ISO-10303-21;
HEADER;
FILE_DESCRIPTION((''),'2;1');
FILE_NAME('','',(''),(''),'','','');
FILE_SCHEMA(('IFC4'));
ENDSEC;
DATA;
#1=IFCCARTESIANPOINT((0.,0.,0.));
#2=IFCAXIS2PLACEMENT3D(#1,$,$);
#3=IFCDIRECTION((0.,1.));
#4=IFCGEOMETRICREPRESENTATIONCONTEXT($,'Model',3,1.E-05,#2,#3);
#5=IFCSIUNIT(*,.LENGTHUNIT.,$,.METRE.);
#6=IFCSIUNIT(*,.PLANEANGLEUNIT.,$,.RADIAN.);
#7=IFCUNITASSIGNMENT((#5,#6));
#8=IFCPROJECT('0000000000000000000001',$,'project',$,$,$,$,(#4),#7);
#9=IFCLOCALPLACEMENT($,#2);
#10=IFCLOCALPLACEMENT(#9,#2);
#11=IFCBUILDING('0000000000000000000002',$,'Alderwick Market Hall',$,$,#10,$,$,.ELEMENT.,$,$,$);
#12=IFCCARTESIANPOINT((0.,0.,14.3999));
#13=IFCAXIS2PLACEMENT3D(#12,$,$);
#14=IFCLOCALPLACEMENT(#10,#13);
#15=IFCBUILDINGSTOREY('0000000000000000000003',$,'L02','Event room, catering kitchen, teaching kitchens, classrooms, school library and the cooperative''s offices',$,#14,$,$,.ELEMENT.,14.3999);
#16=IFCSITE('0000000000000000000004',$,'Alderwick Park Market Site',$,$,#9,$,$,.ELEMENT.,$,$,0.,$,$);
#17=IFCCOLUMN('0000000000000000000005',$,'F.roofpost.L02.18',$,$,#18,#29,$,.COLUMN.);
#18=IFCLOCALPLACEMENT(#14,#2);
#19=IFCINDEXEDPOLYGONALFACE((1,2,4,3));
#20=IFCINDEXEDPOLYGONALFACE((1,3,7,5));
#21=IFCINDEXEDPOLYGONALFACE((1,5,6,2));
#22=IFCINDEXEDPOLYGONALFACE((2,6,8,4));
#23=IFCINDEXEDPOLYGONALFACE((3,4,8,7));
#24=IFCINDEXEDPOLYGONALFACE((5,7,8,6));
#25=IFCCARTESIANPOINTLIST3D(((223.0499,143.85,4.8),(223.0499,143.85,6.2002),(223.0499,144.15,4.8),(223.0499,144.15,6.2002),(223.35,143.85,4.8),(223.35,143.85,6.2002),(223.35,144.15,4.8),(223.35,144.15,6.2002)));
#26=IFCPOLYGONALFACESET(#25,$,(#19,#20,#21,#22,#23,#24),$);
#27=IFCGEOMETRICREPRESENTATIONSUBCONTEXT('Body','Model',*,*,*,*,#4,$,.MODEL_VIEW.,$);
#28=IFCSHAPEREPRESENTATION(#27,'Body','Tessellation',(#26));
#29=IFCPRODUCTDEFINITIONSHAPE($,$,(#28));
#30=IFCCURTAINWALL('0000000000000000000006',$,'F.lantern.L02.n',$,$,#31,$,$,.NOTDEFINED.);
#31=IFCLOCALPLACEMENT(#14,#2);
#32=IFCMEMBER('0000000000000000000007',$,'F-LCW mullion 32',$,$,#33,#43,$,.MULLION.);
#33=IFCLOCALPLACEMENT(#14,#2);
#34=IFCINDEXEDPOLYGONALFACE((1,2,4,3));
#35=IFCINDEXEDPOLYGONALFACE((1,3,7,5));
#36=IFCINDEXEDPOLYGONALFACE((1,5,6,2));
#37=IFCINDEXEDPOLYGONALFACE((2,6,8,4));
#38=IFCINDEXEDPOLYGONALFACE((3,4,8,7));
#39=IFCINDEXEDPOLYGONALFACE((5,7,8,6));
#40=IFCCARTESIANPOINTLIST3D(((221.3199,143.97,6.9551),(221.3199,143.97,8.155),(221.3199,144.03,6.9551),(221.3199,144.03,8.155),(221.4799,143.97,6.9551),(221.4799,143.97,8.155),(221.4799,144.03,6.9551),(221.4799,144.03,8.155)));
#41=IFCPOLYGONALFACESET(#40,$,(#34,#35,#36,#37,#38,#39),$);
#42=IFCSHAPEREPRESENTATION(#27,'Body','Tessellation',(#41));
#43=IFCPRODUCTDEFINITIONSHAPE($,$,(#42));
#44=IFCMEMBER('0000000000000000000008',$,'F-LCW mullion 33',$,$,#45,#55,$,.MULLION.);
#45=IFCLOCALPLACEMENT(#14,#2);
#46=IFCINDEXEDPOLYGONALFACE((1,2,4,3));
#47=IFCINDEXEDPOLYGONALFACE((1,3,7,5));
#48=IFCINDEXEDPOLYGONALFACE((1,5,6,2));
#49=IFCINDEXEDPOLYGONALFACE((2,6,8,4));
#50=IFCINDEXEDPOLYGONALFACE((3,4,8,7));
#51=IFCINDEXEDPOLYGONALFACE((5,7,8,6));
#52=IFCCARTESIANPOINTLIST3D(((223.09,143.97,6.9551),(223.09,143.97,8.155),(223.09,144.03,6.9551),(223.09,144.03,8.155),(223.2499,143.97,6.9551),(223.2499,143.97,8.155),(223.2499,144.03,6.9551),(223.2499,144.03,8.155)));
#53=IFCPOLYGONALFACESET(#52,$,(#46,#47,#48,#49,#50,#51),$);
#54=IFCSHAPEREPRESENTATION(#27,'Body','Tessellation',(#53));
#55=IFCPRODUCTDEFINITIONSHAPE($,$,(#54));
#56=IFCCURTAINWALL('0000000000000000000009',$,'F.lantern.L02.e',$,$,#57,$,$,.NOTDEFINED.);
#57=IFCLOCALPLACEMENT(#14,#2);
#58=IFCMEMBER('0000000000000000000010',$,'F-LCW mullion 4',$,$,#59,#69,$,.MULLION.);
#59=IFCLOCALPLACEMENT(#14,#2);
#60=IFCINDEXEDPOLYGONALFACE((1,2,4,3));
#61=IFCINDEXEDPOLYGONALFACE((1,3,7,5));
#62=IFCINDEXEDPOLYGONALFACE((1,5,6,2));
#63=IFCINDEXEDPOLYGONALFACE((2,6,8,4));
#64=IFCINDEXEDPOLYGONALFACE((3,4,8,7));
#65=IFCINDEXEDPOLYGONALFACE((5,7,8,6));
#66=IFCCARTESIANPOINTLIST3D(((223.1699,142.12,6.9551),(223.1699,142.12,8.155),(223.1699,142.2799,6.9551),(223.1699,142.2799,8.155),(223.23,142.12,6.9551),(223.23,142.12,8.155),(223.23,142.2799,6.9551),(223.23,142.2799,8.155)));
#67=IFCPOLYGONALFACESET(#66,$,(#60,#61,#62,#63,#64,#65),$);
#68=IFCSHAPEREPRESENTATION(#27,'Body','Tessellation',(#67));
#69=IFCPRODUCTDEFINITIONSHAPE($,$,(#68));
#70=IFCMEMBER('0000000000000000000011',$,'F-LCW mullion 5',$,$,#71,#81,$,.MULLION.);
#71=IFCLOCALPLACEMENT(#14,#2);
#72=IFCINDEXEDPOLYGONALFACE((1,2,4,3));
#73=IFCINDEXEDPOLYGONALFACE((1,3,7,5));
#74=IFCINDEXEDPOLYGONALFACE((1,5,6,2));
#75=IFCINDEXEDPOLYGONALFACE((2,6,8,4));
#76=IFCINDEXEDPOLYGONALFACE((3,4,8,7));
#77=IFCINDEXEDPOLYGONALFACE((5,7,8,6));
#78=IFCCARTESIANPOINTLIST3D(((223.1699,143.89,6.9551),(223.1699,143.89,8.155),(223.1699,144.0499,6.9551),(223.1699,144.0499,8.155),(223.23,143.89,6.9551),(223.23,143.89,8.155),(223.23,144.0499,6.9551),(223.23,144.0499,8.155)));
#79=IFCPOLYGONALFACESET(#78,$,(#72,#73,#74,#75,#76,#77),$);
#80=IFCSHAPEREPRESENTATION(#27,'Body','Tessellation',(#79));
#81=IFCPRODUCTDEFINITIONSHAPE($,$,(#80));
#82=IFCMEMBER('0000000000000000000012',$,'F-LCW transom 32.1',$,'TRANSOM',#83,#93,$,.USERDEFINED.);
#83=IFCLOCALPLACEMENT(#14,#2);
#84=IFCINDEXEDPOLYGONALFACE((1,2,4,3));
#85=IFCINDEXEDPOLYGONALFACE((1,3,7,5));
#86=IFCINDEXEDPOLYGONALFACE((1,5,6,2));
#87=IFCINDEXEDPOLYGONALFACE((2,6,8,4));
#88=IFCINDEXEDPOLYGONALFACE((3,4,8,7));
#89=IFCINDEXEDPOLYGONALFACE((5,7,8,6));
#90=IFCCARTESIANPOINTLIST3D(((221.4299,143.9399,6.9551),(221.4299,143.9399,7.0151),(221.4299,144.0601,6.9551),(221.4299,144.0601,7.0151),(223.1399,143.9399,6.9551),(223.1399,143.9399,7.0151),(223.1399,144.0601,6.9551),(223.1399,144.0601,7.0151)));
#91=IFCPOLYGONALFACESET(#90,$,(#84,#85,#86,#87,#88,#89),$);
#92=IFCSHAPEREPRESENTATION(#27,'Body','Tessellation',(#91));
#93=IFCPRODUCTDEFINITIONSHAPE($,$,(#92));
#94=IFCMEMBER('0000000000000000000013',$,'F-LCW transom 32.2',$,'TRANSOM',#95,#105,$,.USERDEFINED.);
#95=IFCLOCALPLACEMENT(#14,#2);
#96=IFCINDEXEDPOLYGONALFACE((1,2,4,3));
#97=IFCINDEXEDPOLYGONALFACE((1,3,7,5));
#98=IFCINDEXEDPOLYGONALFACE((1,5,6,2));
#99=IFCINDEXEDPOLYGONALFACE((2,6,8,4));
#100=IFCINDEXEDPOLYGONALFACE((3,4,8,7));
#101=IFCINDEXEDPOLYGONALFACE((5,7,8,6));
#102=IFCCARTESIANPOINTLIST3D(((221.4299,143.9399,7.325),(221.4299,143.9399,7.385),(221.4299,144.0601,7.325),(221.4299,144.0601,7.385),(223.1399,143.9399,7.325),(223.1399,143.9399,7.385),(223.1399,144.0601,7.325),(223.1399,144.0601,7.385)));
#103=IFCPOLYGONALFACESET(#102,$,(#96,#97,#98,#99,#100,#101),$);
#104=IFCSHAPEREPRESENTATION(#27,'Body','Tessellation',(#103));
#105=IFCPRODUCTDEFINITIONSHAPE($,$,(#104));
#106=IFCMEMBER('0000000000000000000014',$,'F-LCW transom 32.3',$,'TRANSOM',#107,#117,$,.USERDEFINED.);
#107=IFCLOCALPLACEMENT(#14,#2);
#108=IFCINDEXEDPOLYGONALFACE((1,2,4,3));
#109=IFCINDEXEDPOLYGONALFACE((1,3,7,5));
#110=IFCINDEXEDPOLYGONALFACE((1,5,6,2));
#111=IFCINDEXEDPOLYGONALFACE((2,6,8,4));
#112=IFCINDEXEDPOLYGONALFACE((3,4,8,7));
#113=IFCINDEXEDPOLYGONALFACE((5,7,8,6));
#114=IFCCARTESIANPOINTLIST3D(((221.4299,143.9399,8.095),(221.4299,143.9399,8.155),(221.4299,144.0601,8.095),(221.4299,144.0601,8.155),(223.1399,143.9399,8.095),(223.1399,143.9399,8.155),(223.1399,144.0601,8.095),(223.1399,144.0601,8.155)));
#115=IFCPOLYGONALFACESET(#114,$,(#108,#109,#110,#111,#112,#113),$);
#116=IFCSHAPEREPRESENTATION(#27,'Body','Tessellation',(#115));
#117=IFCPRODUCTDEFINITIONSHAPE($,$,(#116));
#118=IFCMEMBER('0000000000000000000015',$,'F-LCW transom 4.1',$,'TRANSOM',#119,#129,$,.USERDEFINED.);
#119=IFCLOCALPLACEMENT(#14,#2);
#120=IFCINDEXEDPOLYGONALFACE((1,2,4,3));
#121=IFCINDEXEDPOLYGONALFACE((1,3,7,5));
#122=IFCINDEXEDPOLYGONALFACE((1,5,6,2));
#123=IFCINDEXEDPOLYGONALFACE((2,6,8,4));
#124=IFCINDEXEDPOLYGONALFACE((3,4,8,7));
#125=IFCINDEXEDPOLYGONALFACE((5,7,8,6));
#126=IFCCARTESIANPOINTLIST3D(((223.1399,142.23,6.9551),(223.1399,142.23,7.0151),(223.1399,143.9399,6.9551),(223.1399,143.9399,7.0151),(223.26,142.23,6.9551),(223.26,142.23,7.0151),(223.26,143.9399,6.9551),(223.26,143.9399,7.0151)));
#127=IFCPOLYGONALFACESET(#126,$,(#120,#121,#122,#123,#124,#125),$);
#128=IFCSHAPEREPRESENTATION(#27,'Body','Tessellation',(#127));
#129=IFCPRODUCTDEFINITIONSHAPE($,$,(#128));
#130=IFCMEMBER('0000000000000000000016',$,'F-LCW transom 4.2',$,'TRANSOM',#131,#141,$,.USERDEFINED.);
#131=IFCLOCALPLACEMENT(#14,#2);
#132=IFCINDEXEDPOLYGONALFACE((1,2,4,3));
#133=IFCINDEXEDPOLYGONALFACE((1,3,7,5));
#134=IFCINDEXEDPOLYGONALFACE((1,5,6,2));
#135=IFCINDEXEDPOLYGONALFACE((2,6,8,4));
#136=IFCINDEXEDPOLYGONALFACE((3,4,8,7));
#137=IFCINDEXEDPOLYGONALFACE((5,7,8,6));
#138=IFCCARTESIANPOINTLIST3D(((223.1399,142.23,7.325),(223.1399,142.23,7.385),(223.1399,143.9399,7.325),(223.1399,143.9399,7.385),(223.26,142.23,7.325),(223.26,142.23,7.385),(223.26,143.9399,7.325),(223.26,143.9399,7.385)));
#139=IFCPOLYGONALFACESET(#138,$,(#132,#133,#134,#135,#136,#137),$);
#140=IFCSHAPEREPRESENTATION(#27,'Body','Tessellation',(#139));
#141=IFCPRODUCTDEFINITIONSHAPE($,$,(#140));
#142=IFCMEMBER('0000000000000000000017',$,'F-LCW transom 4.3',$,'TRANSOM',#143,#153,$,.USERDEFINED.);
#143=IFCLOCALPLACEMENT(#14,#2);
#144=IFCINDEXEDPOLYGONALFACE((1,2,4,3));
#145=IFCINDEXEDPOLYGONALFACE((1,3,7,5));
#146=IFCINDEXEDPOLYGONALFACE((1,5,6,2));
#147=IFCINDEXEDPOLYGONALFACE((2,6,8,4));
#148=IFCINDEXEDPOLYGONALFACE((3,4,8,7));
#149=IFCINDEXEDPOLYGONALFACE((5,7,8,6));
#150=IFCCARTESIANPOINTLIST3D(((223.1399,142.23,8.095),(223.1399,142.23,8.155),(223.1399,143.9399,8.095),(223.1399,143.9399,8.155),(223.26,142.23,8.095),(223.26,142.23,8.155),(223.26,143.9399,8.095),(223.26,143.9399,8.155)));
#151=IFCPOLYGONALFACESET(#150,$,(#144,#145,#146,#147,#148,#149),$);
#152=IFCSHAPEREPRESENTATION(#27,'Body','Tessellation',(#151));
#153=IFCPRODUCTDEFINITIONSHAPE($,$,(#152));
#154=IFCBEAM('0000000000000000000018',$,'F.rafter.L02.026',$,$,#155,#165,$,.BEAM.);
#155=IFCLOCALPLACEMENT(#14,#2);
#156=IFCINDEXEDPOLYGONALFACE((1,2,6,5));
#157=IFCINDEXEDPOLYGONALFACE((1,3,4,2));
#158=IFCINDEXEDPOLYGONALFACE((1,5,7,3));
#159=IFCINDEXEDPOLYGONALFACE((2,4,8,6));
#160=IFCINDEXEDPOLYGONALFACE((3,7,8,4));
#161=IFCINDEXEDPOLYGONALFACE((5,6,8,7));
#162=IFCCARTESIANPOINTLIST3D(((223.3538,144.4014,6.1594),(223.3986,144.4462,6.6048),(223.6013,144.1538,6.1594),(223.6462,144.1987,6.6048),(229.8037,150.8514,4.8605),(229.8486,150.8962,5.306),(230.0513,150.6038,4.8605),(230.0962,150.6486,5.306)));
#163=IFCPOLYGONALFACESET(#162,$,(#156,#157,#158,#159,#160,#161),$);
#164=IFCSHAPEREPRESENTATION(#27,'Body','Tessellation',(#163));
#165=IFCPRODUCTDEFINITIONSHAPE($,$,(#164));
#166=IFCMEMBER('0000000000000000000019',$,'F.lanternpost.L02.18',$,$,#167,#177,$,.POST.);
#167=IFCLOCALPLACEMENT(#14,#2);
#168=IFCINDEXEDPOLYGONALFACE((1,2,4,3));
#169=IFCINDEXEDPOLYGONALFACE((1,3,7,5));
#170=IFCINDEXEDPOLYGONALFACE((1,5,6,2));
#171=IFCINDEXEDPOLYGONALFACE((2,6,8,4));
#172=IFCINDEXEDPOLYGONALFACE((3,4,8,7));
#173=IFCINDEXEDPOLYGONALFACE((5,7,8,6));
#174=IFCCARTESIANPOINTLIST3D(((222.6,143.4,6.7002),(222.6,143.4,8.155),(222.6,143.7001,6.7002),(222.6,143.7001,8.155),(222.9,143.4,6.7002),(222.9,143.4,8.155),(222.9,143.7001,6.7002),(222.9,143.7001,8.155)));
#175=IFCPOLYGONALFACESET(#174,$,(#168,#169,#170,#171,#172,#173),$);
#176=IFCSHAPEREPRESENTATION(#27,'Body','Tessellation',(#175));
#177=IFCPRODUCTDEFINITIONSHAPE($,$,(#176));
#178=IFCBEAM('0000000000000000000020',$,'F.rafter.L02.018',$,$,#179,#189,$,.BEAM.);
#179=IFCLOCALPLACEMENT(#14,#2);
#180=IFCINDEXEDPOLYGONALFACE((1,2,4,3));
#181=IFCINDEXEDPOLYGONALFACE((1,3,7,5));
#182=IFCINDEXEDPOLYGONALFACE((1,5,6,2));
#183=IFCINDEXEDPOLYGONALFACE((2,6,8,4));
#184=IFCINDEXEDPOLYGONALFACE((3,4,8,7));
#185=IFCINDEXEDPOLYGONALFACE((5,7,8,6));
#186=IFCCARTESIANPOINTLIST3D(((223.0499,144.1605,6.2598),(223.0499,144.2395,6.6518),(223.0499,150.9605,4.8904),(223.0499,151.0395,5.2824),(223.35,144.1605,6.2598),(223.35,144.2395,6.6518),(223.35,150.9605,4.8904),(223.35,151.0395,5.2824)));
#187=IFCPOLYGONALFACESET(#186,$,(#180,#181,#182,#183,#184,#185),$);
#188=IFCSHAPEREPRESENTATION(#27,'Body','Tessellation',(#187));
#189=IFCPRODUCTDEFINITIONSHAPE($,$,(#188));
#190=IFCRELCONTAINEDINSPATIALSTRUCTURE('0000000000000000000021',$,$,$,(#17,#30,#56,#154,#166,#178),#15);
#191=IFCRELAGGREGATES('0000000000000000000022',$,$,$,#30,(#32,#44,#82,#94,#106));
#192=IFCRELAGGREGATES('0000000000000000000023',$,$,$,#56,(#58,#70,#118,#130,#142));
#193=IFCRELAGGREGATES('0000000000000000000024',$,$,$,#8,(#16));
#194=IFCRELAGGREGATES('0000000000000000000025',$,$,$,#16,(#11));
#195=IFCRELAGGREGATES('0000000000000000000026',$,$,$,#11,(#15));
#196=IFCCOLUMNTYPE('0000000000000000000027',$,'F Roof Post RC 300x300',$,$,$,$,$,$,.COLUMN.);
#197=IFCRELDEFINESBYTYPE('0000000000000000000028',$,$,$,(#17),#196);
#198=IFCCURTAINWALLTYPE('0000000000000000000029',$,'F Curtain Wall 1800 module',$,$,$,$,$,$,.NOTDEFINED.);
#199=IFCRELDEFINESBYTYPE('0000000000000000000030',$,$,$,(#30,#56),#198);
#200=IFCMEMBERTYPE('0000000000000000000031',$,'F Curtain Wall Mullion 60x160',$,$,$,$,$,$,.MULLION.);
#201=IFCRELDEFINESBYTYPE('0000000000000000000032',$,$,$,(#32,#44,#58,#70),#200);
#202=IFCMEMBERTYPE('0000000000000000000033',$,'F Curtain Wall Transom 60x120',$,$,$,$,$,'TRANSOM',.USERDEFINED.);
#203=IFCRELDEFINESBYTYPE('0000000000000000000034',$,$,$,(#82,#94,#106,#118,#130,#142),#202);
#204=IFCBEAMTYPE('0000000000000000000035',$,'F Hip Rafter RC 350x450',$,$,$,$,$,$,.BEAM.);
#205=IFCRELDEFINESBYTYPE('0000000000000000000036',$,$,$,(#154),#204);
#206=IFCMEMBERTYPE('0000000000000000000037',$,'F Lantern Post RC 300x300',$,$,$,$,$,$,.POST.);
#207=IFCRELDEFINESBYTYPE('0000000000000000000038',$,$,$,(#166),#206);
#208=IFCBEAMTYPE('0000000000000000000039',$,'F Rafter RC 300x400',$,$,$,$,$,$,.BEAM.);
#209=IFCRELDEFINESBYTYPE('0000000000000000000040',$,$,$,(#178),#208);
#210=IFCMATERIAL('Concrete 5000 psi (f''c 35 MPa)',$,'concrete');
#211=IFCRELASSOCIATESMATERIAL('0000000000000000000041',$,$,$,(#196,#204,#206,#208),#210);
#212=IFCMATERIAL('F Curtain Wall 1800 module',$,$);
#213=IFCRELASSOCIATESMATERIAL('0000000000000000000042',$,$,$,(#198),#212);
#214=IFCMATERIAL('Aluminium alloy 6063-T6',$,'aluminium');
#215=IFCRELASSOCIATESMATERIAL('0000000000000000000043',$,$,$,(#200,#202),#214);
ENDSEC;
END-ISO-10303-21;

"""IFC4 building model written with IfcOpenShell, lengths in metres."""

from ifc_helpers import new_model, si_unit, direction, frame, origin, origin_2d, place, context, subcontext, project, spatial, rectangle, extrude, material, material_profile, profile_set, type_object, element, aggregate, save


model = new_model("IFC4")

# Units and contexts
model_context = context("Model", 3, precision=1e-05, world=origin(), true_north=direction((0.0, 1.0)))
body_context = subcontext(model_context, "Body", "Model", "MODEL_VIEW")
ifc_project = project(units=[si_unit("LENGTHUNIT", "METRE"), si_unit("PLANEANGLEUNIT", "RADIAN")], contexts=[model_context])

# Site, building, storey
site_placement = place(None, origin())
site = spatial("IfcSite", under=ifc_project, at=site_placement, Name="Alderwick Park Market Site", CompositionType="ELEMENT", RefElevation=0.0)
building_placement = place(site_placement, origin())
building = spatial("IfcBuilding", under=site, at=building_placement, Name="Alderwick Market Hall", CompositionType="ELEMENT")
storey_placement = place(building_placement, frame((0.0, 0.0, 14.3999)))
storey = spatial("IfcBuildingStorey", under=building, at=storey_placement, Name="L02", Description="Event room, catering kitchen, teaching kitchens, classrooms, school library and the cooperative's offices", CompositionType="ELEMENT", Elevation=14.3999)

# Column
ifc_material_1 = material(Name="Concrete 5000 psi (f'c 35 MPa)", Category="concrete")
ifc_material_profile_1 = material_profile(ifc_material_1, rectangle(XDim=0.3, YDim=0.3, at=origin_2d()), Name="RC 300x300")
ifc_profile_set_1 = profile_set([ifc_material_profile_1], Name="Concrete 5000 psi (f'c 35 MPa)")
column_type = type_object("IfcColumnType", Name="F Roof Post RC 300x300", PredefinedType="COLUMN", material=ifc_profile_set_1)
column_placement = place(storey_placement, frame((223.2, 144.0, 4.8), z_axis=(0.0, 0.0, 1.0), x_axis=(1.0, 0.0, 0.0)))
element("IfcColumn", 1, at=column_placement, inside=storey, type_object=column_type, Name="F.roofpost.L02.18", PredefinedType="COLUMN", context=body_context, shape_type="SweptSolid", body=[
    extrude(rectangle(XDim=0.3, YDim=0.3, at=origin_2d()), origin(), (0.0, 0.0, 1.0), 1.4001),
])

# Curtain walls, members
ifc_material_2 = material(Name="F Curtain Wall 1800 module")
curtain_wall_type = type_object("IfcCurtainWallType", Name="F Curtain Wall 1800 module", PredefinedType="NOTDEFINED", material=ifc_material_2)
curtain_wall_1_placement = place(storey_placement, origin())
curtain_wall_1 = element("IfcCurtainWall", 2, at=curtain_wall_1_placement, inside=storey, type_object=curtain_wall_type, Name="F.lantern.L02.n", PredefinedType="NOTDEFINED")
ifc_material_3 = material(Name="Aluminium alloy 6063-T6", Category="aluminium")
ifc_material_profile_2 = material_profile(ifc_material_3, rectangle(XDim=0.0601, YDim=0.1599, at=origin_2d()), Name="AL 60x160")
ifc_profile_set_2 = profile_set([ifc_material_profile_2], Name="Aluminium alloy 6063-T6")
member_type_1 = type_object("IfcMemberType", Name="F Curtain Wall Mullion 60x160", PredefinedType="MULLION", material=ifc_profile_set_2)
member_1_placement = place(storey_placement, frame((221.3999, 144.0, 6.9551), z_axis=(0.0, 0.0, 1.0), x_axis=(0.0, 1.0, 0.0)))
member_1 = element("IfcMember", 3, at=member_1_placement, type_object=member_type_1, Name="F-LCW mullion 32", PredefinedType="MULLION", context=body_context, shape_type="SweptSolid", body=[
    extrude(rectangle(XDim=0.0601, YDim=0.1599, at=origin_2d()), origin(), (0.0, 0.0, 1.0), 1.2),
])
member_2_placement = place(storey_placement, frame((223.1699, 144.0, 6.9551), z_axis=(0.0, 0.0, 1.0), x_axis=(0.0, 1.0, 0.0)))
member_2 = element("IfcMember", 4, at=member_2_placement, type_object=member_type_1, Name="F-LCW mullion 33", PredefinedType="MULLION", context=body_context, shape_type="SweptSolid", body=[
    extrude(rectangle(XDim=0.0601, YDim=0.1599, at=origin_2d()), origin(), (0.0, 0.0, 1.0), 1.2),
])
curtain_wall_2_placement = place(storey_placement, origin())
curtain_wall_2 = element("IfcCurtainWall", 5, at=curtain_wall_2_placement, inside=storey, type_object=curtain_wall_type, Name="F.lantern.L02.e", PredefinedType="NOTDEFINED")
member_3_placement = place(storey_placement, frame((223.2, 142.2, 6.9551), z_axis=(0.0, 0.0, 1.0), x_axis=(-1.0, 0.0, 0.0)))
member_3 = element("IfcMember", 6, at=member_3_placement, type_object=member_type_1, Name="F-LCW mullion 4", PredefinedType="MULLION", context=body_context, shape_type="SweptSolid", body=[
    extrude(rectangle(XDim=0.0601, YDim=0.1599, at=origin_2d()), origin(), (0.0, 0.0, 1.0), 1.2),
])
member_4_placement = place(storey_placement, frame((223.2, 143.97, 6.9551), z_axis=(0.0, 0.0, 1.0), x_axis=(-1.0, 0.0, 0.0)))
member_4 = element("IfcMember", 7, at=member_4_placement, type_object=member_type_1, Name="F-LCW mullion 5", PredefinedType="MULLION", context=body_context, shape_type="SweptSolid", body=[
    extrude(rectangle(XDim=0.0601, YDim=0.1599, at=origin_2d()), origin(), (0.0, 0.0, 1.0), 1.2),
])

# Members
ifc_material_profile_3 = material_profile(ifc_material_3, rectangle(XDim=0.1201, YDim=0.0601, at=origin_2d()), Name="AL 60x120")
ifc_profile_set_3 = profile_set([ifc_material_profile_3], Name="Aluminium alloy 6063-T6")
member_type_2 = type_object("IfcMemberType", Name="F Curtain Wall Transom 60x120", ElementType="TRANSOM", PredefinedType="USERDEFINED", material=ifc_profile_set_3)
member_5_placement = place(storey_placement, frame((221.4299, 144.0, 6.9851), z_axis=(1.0, 0.0, 0.0), x_axis=(0.0, 1.0, 0.0)))
member_5 = element("IfcMember", 8, at=member_5_placement, type_object=member_type_2, Name="F-LCW transom 32.1", ObjectType="TRANSOM", PredefinedType="USERDEFINED", context=body_context, shape_type="SweptSolid", body=[
    extrude(rectangle(XDim=0.1201, YDim=0.0601, at=origin_2d()), origin(), (0.0, 0.0, 1.0), 1.71),
])
member_6_placement = place(storey_placement, frame((221.4299, 144.0, 7.355), z_axis=(1.0, 0.0, 0.0), x_axis=(0.0, 1.0, 0.0)))
member_6 = element("IfcMember", 9, at=member_6_placement, type_object=member_type_2, Name="F-LCW transom 32.2", ObjectType="TRANSOM", PredefinedType="USERDEFINED", context=body_context, shape_type="SweptSolid", body=[
    extrude(rectangle(XDim=0.1201, YDim=0.0601, at=origin_2d()), origin(), (0.0, 0.0, 1.0), 1.71),
])
member_7_placement = place(storey_placement, frame((221.4299, 144.0, 8.125), z_axis=(1.0, 0.0, 0.0), x_axis=(0.0, 1.0, 0.0)))
member_7 = element("IfcMember", 10, at=member_7_placement, type_object=member_type_2, Name="F-LCW transom 32.3", ObjectType="TRANSOM", PredefinedType="USERDEFINED", context=body_context, shape_type="SweptSolid", body=[
    extrude(rectangle(XDim=0.1201, YDim=0.0601, at=origin_2d()), origin(), (0.0, 0.0, 1.0), 1.71),
])
member_8_placement = place(storey_placement, frame((223.2, 142.23, 6.9851), z_axis=(0.0, 1.0, 0.0), x_axis=(-1.0, 0.0, 0.0)))
member_8 = element("IfcMember", 11, at=member_8_placement, type_object=member_type_2, Name="F-LCW transom 4.1", ObjectType="TRANSOM", PredefinedType="USERDEFINED", context=body_context, shape_type="SweptSolid", body=[
    extrude(rectangle(XDim=0.1201, YDim=0.0601, at=origin_2d()), origin(), (0.0, 0.0, 1.0), 1.71),
])
member_9_placement = place(storey_placement, frame((223.2, 142.23, 7.355), z_axis=(0.0, 1.0, 0.0), x_axis=(-1.0, 0.0, 0.0)))
member_9 = element("IfcMember", 12, at=member_9_placement, type_object=member_type_2, Name="F-LCW transom 4.2", ObjectType="TRANSOM", PredefinedType="USERDEFINED", context=body_context, shape_type="SweptSolid", body=[
    extrude(rectangle(XDim=0.1201, YDim=0.0601, at=origin_2d()), origin(), (0.0, 0.0, 1.0), 1.71),
])
member_10_placement = place(storey_placement, frame((223.2, 142.23, 8.125), z_axis=(0.0, 1.0, 0.0), x_axis=(-1.0, 0.0, 0.0)))
member_10 = element("IfcMember", 13, at=member_10_placement, type_object=member_type_2, Name="F-LCW transom 4.3", ObjectType="TRANSOM", PredefinedType="USERDEFINED", context=body_context, shape_type="SweptSolid", body=[
    extrude(rectangle(XDim=0.1201, YDim=0.0601, at=origin_2d()), origin(), (0.0, 0.0, 1.0), 1.71),
])

# Beam
ifc_material_profile_4 = material_profile(ifc_material_1, rectangle(XDim=0.3501, YDim=0.45, at=origin_2d()), Name="RC 350x450")
ifc_profile_set_4 = profile_set([ifc_material_profile_4], Name="Concrete 5000 psi (f'c 35 MPa)")
beam_type_1 = type_object("IfcBeamType", Name="F Hip Rafter RC 350x450", PredefinedType="BEAM", material=ifc_profile_set_4)
beam_1_placement = place(storey_placement, frame((229.95, 150.75, 5.0833), z_axis=(-0.700046, -0.700046, 0.140968), x_axis=(0.707107, -0.707107, 0.0)))
element("IfcBeam", 14, at=beam_1_placement, inside=storey, type_object=beam_type_1, Name="F.rafter.L02.026", PredefinedType="BEAM", context=body_context, shape_type="SweptSolid", body=[
    extrude(rectangle(XDim=0.3501, YDim=0.45, at=origin_2d()), origin(), (0.0, 0.0, 1.0), 9.2136),
])

# Member
ifc_material_profile_5 = material_profile(ifc_material_1, rectangle(XDim=0.3, YDim=0.3, at=origin_2d()), Name="RC 300x300")
ifc_profile_set_5 = profile_set([ifc_material_profile_5], Name="Concrete 5000 psi (f'c 35 MPa)")
member_type_3 = type_object("IfcMemberType", Name="F Lantern Post RC 300x300", PredefinedType="POST", material=ifc_profile_set_5)
member_11_placement = place(storey_placement, frame((222.75, 143.55, 6.7002), z_axis=(0.0, 0.0, 1.0), x_axis=(1.0, 0.0, 0.0)))
element("IfcMember", 15, at=member_11_placement, inside=storey, type_object=member_type_3, Name="F.lanternpost.L02.18", PredefinedType="POST", context=body_context, shape_type="SweptSolid", body=[
    extrude(rectangle(XDim=0.3, YDim=0.3, at=origin_2d()), origin(), (0.0, 0.0, 1.0), 1.4548),
])

# Beam
ifc_material_profile_6 = material_profile(ifc_material_1, rectangle(XDim=0.3, YDim=0.3999, at=origin_2d()), Name="RC 300x400")
ifc_profile_set_6 = profile_set([ifc_material_profile_6], Name="Concrete 5000 psi (f'c 35 MPa)")
beam_type_2 = type_object("IfcBeamType", Name="F Rafter RC 300x400", PredefinedType="BEAM", material=ifc_profile_set_6)
beam_2_placement = place(storey_placement, frame((223.2, 151.0, 5.0864), z_axis=(0.0, -0.98032, 0.197416), x_axis=(1.0, 0.0, 0.0)))
element("IfcBeam", 16, at=beam_2_placement, inside=storey, type_object=beam_type_2, Name="F.rafter.L02.018", PredefinedType="BEAM", context=body_context, shape_type="SweptSolid", body=[
    extrude(rectangle(XDim=0.3, YDim=0.3999, at=origin_2d()), origin(), (0.0, 0.0, 1.0), 6.9365),
])

aggregate(curtain_wall_1, [member_1, member_2, member_5, member_6, member_7])
aggregate(curtain_wall_2, [member_3, member_4, member_8, member_9, member_10])

save(model, "model.ifc")
